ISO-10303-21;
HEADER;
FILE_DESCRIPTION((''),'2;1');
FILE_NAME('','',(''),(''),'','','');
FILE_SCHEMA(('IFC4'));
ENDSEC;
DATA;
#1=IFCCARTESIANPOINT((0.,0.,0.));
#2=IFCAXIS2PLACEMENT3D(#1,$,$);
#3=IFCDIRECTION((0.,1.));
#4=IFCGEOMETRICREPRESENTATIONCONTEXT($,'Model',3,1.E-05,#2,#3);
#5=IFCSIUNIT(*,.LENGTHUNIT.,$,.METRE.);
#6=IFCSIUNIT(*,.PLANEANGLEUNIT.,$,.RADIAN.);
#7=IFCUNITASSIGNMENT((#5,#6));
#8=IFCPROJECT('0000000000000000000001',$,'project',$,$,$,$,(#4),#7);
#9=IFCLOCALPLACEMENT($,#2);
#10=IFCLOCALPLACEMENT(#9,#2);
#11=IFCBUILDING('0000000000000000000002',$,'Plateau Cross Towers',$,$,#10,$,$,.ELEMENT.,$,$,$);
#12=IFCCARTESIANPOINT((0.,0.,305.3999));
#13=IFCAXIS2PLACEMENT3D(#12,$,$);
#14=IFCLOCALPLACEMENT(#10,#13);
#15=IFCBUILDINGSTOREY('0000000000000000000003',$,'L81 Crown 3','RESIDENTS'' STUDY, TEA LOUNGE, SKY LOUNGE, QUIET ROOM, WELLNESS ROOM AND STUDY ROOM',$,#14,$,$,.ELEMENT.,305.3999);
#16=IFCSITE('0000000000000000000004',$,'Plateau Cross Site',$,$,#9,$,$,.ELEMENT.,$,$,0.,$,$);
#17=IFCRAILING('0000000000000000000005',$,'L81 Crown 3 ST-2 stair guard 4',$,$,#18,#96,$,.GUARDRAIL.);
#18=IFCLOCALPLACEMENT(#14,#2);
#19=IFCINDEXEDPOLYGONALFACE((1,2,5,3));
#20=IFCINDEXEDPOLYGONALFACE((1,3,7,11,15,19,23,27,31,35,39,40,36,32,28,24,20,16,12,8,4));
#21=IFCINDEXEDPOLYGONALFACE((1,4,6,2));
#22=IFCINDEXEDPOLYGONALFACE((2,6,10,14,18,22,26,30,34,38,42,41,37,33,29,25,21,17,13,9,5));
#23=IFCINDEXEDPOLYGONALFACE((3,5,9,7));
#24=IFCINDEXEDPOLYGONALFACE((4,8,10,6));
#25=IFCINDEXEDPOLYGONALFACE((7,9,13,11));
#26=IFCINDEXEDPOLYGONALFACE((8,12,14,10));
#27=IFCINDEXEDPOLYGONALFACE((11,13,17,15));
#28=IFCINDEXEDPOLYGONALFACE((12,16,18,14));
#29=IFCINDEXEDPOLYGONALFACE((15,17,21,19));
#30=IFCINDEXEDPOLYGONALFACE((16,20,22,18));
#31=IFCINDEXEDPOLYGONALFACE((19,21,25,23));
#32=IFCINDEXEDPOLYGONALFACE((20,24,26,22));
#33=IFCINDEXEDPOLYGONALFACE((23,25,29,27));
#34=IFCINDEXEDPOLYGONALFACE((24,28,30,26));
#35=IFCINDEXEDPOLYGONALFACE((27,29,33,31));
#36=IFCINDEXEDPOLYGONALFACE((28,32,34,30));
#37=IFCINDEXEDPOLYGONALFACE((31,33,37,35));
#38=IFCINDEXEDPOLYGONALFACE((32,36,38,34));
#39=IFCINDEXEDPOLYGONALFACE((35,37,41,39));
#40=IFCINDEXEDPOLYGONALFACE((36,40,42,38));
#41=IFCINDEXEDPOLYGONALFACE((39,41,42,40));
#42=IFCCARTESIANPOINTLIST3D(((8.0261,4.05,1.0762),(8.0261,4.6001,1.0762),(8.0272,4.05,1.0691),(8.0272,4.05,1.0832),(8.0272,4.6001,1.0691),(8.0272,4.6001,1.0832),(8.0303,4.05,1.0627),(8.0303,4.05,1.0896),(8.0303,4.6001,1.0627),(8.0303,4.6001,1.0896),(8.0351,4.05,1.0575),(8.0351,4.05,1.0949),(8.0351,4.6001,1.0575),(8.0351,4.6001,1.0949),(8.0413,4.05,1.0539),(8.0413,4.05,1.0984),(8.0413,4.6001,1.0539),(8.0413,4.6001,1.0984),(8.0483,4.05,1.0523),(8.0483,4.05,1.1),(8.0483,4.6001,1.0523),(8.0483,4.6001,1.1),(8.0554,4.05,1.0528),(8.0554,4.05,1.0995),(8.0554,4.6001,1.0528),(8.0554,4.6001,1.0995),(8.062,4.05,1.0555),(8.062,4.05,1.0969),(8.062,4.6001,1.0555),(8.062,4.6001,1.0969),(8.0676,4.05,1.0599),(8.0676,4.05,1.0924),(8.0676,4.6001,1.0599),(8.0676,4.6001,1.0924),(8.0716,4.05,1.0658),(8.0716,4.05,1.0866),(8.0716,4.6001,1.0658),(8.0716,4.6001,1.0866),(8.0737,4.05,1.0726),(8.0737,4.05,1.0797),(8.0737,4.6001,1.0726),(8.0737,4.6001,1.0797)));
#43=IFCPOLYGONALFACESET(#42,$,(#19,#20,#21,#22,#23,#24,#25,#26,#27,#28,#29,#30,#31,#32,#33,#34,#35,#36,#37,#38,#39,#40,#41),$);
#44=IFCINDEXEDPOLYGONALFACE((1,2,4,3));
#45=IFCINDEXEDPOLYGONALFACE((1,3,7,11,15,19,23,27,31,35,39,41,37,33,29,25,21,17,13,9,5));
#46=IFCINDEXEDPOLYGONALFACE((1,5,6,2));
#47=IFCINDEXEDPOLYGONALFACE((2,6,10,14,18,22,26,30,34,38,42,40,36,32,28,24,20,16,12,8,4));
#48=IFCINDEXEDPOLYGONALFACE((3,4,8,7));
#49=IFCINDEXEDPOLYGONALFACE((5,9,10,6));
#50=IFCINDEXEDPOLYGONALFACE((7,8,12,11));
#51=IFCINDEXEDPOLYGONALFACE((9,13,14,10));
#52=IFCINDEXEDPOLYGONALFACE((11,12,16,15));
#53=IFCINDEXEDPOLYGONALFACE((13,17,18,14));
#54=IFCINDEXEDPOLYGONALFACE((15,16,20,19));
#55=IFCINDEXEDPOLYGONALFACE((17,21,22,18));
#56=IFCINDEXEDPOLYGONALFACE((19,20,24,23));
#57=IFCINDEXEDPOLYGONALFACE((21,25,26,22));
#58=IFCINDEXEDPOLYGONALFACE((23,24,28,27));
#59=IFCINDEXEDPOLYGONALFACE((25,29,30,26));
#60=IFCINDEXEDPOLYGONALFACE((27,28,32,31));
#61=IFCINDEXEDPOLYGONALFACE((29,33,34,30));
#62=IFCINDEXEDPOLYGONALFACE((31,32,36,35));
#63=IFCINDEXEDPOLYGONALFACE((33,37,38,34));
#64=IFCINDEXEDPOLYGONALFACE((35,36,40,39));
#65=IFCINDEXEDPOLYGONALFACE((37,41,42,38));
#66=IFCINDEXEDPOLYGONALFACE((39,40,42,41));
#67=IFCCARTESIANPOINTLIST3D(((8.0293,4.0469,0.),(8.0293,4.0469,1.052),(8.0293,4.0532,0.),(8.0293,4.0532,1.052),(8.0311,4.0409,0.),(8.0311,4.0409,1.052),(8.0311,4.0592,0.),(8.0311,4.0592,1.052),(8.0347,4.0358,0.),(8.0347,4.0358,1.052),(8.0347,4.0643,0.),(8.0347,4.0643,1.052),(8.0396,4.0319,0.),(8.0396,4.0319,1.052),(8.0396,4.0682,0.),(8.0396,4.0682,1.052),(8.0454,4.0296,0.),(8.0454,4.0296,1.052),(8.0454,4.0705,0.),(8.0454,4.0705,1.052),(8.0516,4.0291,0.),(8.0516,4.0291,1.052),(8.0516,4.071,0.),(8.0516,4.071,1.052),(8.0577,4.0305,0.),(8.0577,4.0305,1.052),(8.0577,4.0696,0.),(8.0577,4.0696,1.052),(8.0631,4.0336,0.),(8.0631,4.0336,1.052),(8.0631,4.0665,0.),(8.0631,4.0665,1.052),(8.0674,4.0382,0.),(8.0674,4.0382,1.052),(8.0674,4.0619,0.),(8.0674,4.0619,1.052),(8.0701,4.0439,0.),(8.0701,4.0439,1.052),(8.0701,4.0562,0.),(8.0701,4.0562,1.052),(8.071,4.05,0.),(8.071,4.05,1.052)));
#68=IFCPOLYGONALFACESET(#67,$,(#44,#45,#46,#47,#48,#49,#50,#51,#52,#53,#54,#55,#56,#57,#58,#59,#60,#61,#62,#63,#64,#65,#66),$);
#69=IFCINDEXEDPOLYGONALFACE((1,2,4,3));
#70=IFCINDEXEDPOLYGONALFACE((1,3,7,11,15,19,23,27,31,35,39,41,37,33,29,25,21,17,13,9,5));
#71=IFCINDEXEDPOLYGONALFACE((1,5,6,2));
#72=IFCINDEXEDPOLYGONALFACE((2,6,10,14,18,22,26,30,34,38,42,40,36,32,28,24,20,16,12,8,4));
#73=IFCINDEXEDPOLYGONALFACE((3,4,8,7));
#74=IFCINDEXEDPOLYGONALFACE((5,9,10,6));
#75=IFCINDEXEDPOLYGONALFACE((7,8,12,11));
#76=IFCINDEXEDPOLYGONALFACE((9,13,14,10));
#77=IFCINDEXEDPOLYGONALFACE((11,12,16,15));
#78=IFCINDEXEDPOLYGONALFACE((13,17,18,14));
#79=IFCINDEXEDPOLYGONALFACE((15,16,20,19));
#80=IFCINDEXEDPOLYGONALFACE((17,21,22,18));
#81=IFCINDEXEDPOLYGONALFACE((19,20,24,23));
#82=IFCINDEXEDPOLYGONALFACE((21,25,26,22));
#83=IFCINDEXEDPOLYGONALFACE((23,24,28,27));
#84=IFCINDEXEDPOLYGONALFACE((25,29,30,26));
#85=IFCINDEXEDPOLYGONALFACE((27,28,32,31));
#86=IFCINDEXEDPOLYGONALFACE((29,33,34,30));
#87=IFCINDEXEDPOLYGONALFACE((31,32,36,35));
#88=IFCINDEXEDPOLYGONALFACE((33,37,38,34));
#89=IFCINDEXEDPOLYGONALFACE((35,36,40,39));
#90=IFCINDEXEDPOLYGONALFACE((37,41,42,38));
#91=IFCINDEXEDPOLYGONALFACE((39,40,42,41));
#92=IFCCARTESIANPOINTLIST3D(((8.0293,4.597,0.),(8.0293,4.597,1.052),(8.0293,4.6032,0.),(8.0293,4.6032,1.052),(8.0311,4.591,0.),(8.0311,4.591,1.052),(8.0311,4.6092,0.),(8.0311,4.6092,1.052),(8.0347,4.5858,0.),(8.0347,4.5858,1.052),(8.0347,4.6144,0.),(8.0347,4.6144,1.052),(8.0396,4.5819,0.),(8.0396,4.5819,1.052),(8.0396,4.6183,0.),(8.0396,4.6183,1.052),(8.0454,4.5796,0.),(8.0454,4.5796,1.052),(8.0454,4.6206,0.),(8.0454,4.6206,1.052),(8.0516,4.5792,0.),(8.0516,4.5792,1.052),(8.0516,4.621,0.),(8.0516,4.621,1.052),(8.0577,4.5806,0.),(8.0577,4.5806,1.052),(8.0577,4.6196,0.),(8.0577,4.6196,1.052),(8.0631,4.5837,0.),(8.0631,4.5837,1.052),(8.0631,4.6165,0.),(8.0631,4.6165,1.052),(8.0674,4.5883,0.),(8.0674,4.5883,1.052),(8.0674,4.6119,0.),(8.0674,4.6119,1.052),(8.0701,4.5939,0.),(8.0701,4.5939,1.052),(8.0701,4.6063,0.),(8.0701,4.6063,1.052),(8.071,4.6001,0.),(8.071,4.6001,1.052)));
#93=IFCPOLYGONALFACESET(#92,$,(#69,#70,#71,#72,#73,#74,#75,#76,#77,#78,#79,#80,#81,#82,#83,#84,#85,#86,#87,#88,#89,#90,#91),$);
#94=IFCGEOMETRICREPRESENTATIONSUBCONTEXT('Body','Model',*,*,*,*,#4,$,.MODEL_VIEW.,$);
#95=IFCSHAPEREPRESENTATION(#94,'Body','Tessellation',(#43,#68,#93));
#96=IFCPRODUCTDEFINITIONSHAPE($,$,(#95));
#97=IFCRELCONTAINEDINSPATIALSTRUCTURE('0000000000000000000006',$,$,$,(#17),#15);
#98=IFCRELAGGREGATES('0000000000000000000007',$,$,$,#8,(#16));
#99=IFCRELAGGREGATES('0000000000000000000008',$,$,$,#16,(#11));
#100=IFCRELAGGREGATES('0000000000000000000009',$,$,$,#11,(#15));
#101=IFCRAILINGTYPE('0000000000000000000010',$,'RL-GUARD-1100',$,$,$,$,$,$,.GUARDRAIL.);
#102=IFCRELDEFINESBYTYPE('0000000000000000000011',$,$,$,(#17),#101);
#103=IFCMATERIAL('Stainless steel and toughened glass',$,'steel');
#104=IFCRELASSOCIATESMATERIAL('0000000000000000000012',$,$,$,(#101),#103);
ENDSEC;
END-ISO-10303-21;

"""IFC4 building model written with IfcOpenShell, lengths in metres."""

from ifc_helpers import new_model, si_unit, direction, frame, origin, origin_2d, place, context, subcontext, project, spatial, circle, extrude, material, type_object, element, save


model = new_model("IFC4")

# Units and contexts
model_context = context("Model", 3, precision=1e-05, world=origin(), true_north=direction((0.0, 1.0)))
body_context = subcontext(model_context, "Body", "Model", "MODEL_VIEW")
ifc_project = project(units=[si_unit("LENGTHUNIT", "METRE"), si_unit("PLANEANGLEUNIT", "RADIAN")], contexts=[model_context])

# Site, building, storey
site_placement = place(None, origin())
site = spatial("IfcSite", under=ifc_project, at=site_placement, Name="Plateau Cross Site", CompositionType="ELEMENT", RefElevation=0.0)
building_placement = place(site_placement, origin())
building = spatial("IfcBuilding", under=site, at=building_placement, Name="Plateau Cross Towers", CompositionType="ELEMENT")
storey_placement = place(building_placement, frame((0.0, 0.0, 305.3999)))
storey = spatial("IfcBuildingStorey", under=building, at=storey_placement, Name="L81 Crown 3", Description="RESIDENTS' STUDY, TEA LOUNGE, SKY LOUNGE, QUIET ROOM, WELLNESS ROOM AND STUDY ROOM", CompositionType="ELEMENT", Elevation=305.3999)

# Railing
ifc_material_1 = material(Name="Stainless steel and toughened glass", Category="steel")
railing_type_1 = type_object("IfcRailingType", Name="RL-GUARD-1100", PredefinedType="GUARDRAIL", material=ifc_material_1)
railing_1_placement = place(storey_placement, frame((8.05, 4.05, 0.0)))
element("IfcRailing", 1, at=railing_1_placement, inside=storey, type_object=railing_type_1, Name="L81 Crown 3 ST-2 stair guard 4", PredefinedType="GUARDRAIL", context=body_context, shape_type="SweptSolid", body=[
    extrude(circle(Radius=0.0239, at=origin_2d()), frame((0.0, 0.0, 1.0762), z_axis=(0.0, 1.0, 0.0), x_axis=(-1.0, 0.0, 0.0)), (0.0, 0.0, 1.0), 0.55),
    extrude(circle(Radius=0.021, at=origin_2d()), origin(), (0.0, 0.0, 1.0), 1.052),
    extrude(circle(Radius=0.021, at=origin_2d()), frame((0.0, 0.55, 0.0)), (0.0, 0.0, 1.0), 1.052),
])

save(model, "model.ifc")
